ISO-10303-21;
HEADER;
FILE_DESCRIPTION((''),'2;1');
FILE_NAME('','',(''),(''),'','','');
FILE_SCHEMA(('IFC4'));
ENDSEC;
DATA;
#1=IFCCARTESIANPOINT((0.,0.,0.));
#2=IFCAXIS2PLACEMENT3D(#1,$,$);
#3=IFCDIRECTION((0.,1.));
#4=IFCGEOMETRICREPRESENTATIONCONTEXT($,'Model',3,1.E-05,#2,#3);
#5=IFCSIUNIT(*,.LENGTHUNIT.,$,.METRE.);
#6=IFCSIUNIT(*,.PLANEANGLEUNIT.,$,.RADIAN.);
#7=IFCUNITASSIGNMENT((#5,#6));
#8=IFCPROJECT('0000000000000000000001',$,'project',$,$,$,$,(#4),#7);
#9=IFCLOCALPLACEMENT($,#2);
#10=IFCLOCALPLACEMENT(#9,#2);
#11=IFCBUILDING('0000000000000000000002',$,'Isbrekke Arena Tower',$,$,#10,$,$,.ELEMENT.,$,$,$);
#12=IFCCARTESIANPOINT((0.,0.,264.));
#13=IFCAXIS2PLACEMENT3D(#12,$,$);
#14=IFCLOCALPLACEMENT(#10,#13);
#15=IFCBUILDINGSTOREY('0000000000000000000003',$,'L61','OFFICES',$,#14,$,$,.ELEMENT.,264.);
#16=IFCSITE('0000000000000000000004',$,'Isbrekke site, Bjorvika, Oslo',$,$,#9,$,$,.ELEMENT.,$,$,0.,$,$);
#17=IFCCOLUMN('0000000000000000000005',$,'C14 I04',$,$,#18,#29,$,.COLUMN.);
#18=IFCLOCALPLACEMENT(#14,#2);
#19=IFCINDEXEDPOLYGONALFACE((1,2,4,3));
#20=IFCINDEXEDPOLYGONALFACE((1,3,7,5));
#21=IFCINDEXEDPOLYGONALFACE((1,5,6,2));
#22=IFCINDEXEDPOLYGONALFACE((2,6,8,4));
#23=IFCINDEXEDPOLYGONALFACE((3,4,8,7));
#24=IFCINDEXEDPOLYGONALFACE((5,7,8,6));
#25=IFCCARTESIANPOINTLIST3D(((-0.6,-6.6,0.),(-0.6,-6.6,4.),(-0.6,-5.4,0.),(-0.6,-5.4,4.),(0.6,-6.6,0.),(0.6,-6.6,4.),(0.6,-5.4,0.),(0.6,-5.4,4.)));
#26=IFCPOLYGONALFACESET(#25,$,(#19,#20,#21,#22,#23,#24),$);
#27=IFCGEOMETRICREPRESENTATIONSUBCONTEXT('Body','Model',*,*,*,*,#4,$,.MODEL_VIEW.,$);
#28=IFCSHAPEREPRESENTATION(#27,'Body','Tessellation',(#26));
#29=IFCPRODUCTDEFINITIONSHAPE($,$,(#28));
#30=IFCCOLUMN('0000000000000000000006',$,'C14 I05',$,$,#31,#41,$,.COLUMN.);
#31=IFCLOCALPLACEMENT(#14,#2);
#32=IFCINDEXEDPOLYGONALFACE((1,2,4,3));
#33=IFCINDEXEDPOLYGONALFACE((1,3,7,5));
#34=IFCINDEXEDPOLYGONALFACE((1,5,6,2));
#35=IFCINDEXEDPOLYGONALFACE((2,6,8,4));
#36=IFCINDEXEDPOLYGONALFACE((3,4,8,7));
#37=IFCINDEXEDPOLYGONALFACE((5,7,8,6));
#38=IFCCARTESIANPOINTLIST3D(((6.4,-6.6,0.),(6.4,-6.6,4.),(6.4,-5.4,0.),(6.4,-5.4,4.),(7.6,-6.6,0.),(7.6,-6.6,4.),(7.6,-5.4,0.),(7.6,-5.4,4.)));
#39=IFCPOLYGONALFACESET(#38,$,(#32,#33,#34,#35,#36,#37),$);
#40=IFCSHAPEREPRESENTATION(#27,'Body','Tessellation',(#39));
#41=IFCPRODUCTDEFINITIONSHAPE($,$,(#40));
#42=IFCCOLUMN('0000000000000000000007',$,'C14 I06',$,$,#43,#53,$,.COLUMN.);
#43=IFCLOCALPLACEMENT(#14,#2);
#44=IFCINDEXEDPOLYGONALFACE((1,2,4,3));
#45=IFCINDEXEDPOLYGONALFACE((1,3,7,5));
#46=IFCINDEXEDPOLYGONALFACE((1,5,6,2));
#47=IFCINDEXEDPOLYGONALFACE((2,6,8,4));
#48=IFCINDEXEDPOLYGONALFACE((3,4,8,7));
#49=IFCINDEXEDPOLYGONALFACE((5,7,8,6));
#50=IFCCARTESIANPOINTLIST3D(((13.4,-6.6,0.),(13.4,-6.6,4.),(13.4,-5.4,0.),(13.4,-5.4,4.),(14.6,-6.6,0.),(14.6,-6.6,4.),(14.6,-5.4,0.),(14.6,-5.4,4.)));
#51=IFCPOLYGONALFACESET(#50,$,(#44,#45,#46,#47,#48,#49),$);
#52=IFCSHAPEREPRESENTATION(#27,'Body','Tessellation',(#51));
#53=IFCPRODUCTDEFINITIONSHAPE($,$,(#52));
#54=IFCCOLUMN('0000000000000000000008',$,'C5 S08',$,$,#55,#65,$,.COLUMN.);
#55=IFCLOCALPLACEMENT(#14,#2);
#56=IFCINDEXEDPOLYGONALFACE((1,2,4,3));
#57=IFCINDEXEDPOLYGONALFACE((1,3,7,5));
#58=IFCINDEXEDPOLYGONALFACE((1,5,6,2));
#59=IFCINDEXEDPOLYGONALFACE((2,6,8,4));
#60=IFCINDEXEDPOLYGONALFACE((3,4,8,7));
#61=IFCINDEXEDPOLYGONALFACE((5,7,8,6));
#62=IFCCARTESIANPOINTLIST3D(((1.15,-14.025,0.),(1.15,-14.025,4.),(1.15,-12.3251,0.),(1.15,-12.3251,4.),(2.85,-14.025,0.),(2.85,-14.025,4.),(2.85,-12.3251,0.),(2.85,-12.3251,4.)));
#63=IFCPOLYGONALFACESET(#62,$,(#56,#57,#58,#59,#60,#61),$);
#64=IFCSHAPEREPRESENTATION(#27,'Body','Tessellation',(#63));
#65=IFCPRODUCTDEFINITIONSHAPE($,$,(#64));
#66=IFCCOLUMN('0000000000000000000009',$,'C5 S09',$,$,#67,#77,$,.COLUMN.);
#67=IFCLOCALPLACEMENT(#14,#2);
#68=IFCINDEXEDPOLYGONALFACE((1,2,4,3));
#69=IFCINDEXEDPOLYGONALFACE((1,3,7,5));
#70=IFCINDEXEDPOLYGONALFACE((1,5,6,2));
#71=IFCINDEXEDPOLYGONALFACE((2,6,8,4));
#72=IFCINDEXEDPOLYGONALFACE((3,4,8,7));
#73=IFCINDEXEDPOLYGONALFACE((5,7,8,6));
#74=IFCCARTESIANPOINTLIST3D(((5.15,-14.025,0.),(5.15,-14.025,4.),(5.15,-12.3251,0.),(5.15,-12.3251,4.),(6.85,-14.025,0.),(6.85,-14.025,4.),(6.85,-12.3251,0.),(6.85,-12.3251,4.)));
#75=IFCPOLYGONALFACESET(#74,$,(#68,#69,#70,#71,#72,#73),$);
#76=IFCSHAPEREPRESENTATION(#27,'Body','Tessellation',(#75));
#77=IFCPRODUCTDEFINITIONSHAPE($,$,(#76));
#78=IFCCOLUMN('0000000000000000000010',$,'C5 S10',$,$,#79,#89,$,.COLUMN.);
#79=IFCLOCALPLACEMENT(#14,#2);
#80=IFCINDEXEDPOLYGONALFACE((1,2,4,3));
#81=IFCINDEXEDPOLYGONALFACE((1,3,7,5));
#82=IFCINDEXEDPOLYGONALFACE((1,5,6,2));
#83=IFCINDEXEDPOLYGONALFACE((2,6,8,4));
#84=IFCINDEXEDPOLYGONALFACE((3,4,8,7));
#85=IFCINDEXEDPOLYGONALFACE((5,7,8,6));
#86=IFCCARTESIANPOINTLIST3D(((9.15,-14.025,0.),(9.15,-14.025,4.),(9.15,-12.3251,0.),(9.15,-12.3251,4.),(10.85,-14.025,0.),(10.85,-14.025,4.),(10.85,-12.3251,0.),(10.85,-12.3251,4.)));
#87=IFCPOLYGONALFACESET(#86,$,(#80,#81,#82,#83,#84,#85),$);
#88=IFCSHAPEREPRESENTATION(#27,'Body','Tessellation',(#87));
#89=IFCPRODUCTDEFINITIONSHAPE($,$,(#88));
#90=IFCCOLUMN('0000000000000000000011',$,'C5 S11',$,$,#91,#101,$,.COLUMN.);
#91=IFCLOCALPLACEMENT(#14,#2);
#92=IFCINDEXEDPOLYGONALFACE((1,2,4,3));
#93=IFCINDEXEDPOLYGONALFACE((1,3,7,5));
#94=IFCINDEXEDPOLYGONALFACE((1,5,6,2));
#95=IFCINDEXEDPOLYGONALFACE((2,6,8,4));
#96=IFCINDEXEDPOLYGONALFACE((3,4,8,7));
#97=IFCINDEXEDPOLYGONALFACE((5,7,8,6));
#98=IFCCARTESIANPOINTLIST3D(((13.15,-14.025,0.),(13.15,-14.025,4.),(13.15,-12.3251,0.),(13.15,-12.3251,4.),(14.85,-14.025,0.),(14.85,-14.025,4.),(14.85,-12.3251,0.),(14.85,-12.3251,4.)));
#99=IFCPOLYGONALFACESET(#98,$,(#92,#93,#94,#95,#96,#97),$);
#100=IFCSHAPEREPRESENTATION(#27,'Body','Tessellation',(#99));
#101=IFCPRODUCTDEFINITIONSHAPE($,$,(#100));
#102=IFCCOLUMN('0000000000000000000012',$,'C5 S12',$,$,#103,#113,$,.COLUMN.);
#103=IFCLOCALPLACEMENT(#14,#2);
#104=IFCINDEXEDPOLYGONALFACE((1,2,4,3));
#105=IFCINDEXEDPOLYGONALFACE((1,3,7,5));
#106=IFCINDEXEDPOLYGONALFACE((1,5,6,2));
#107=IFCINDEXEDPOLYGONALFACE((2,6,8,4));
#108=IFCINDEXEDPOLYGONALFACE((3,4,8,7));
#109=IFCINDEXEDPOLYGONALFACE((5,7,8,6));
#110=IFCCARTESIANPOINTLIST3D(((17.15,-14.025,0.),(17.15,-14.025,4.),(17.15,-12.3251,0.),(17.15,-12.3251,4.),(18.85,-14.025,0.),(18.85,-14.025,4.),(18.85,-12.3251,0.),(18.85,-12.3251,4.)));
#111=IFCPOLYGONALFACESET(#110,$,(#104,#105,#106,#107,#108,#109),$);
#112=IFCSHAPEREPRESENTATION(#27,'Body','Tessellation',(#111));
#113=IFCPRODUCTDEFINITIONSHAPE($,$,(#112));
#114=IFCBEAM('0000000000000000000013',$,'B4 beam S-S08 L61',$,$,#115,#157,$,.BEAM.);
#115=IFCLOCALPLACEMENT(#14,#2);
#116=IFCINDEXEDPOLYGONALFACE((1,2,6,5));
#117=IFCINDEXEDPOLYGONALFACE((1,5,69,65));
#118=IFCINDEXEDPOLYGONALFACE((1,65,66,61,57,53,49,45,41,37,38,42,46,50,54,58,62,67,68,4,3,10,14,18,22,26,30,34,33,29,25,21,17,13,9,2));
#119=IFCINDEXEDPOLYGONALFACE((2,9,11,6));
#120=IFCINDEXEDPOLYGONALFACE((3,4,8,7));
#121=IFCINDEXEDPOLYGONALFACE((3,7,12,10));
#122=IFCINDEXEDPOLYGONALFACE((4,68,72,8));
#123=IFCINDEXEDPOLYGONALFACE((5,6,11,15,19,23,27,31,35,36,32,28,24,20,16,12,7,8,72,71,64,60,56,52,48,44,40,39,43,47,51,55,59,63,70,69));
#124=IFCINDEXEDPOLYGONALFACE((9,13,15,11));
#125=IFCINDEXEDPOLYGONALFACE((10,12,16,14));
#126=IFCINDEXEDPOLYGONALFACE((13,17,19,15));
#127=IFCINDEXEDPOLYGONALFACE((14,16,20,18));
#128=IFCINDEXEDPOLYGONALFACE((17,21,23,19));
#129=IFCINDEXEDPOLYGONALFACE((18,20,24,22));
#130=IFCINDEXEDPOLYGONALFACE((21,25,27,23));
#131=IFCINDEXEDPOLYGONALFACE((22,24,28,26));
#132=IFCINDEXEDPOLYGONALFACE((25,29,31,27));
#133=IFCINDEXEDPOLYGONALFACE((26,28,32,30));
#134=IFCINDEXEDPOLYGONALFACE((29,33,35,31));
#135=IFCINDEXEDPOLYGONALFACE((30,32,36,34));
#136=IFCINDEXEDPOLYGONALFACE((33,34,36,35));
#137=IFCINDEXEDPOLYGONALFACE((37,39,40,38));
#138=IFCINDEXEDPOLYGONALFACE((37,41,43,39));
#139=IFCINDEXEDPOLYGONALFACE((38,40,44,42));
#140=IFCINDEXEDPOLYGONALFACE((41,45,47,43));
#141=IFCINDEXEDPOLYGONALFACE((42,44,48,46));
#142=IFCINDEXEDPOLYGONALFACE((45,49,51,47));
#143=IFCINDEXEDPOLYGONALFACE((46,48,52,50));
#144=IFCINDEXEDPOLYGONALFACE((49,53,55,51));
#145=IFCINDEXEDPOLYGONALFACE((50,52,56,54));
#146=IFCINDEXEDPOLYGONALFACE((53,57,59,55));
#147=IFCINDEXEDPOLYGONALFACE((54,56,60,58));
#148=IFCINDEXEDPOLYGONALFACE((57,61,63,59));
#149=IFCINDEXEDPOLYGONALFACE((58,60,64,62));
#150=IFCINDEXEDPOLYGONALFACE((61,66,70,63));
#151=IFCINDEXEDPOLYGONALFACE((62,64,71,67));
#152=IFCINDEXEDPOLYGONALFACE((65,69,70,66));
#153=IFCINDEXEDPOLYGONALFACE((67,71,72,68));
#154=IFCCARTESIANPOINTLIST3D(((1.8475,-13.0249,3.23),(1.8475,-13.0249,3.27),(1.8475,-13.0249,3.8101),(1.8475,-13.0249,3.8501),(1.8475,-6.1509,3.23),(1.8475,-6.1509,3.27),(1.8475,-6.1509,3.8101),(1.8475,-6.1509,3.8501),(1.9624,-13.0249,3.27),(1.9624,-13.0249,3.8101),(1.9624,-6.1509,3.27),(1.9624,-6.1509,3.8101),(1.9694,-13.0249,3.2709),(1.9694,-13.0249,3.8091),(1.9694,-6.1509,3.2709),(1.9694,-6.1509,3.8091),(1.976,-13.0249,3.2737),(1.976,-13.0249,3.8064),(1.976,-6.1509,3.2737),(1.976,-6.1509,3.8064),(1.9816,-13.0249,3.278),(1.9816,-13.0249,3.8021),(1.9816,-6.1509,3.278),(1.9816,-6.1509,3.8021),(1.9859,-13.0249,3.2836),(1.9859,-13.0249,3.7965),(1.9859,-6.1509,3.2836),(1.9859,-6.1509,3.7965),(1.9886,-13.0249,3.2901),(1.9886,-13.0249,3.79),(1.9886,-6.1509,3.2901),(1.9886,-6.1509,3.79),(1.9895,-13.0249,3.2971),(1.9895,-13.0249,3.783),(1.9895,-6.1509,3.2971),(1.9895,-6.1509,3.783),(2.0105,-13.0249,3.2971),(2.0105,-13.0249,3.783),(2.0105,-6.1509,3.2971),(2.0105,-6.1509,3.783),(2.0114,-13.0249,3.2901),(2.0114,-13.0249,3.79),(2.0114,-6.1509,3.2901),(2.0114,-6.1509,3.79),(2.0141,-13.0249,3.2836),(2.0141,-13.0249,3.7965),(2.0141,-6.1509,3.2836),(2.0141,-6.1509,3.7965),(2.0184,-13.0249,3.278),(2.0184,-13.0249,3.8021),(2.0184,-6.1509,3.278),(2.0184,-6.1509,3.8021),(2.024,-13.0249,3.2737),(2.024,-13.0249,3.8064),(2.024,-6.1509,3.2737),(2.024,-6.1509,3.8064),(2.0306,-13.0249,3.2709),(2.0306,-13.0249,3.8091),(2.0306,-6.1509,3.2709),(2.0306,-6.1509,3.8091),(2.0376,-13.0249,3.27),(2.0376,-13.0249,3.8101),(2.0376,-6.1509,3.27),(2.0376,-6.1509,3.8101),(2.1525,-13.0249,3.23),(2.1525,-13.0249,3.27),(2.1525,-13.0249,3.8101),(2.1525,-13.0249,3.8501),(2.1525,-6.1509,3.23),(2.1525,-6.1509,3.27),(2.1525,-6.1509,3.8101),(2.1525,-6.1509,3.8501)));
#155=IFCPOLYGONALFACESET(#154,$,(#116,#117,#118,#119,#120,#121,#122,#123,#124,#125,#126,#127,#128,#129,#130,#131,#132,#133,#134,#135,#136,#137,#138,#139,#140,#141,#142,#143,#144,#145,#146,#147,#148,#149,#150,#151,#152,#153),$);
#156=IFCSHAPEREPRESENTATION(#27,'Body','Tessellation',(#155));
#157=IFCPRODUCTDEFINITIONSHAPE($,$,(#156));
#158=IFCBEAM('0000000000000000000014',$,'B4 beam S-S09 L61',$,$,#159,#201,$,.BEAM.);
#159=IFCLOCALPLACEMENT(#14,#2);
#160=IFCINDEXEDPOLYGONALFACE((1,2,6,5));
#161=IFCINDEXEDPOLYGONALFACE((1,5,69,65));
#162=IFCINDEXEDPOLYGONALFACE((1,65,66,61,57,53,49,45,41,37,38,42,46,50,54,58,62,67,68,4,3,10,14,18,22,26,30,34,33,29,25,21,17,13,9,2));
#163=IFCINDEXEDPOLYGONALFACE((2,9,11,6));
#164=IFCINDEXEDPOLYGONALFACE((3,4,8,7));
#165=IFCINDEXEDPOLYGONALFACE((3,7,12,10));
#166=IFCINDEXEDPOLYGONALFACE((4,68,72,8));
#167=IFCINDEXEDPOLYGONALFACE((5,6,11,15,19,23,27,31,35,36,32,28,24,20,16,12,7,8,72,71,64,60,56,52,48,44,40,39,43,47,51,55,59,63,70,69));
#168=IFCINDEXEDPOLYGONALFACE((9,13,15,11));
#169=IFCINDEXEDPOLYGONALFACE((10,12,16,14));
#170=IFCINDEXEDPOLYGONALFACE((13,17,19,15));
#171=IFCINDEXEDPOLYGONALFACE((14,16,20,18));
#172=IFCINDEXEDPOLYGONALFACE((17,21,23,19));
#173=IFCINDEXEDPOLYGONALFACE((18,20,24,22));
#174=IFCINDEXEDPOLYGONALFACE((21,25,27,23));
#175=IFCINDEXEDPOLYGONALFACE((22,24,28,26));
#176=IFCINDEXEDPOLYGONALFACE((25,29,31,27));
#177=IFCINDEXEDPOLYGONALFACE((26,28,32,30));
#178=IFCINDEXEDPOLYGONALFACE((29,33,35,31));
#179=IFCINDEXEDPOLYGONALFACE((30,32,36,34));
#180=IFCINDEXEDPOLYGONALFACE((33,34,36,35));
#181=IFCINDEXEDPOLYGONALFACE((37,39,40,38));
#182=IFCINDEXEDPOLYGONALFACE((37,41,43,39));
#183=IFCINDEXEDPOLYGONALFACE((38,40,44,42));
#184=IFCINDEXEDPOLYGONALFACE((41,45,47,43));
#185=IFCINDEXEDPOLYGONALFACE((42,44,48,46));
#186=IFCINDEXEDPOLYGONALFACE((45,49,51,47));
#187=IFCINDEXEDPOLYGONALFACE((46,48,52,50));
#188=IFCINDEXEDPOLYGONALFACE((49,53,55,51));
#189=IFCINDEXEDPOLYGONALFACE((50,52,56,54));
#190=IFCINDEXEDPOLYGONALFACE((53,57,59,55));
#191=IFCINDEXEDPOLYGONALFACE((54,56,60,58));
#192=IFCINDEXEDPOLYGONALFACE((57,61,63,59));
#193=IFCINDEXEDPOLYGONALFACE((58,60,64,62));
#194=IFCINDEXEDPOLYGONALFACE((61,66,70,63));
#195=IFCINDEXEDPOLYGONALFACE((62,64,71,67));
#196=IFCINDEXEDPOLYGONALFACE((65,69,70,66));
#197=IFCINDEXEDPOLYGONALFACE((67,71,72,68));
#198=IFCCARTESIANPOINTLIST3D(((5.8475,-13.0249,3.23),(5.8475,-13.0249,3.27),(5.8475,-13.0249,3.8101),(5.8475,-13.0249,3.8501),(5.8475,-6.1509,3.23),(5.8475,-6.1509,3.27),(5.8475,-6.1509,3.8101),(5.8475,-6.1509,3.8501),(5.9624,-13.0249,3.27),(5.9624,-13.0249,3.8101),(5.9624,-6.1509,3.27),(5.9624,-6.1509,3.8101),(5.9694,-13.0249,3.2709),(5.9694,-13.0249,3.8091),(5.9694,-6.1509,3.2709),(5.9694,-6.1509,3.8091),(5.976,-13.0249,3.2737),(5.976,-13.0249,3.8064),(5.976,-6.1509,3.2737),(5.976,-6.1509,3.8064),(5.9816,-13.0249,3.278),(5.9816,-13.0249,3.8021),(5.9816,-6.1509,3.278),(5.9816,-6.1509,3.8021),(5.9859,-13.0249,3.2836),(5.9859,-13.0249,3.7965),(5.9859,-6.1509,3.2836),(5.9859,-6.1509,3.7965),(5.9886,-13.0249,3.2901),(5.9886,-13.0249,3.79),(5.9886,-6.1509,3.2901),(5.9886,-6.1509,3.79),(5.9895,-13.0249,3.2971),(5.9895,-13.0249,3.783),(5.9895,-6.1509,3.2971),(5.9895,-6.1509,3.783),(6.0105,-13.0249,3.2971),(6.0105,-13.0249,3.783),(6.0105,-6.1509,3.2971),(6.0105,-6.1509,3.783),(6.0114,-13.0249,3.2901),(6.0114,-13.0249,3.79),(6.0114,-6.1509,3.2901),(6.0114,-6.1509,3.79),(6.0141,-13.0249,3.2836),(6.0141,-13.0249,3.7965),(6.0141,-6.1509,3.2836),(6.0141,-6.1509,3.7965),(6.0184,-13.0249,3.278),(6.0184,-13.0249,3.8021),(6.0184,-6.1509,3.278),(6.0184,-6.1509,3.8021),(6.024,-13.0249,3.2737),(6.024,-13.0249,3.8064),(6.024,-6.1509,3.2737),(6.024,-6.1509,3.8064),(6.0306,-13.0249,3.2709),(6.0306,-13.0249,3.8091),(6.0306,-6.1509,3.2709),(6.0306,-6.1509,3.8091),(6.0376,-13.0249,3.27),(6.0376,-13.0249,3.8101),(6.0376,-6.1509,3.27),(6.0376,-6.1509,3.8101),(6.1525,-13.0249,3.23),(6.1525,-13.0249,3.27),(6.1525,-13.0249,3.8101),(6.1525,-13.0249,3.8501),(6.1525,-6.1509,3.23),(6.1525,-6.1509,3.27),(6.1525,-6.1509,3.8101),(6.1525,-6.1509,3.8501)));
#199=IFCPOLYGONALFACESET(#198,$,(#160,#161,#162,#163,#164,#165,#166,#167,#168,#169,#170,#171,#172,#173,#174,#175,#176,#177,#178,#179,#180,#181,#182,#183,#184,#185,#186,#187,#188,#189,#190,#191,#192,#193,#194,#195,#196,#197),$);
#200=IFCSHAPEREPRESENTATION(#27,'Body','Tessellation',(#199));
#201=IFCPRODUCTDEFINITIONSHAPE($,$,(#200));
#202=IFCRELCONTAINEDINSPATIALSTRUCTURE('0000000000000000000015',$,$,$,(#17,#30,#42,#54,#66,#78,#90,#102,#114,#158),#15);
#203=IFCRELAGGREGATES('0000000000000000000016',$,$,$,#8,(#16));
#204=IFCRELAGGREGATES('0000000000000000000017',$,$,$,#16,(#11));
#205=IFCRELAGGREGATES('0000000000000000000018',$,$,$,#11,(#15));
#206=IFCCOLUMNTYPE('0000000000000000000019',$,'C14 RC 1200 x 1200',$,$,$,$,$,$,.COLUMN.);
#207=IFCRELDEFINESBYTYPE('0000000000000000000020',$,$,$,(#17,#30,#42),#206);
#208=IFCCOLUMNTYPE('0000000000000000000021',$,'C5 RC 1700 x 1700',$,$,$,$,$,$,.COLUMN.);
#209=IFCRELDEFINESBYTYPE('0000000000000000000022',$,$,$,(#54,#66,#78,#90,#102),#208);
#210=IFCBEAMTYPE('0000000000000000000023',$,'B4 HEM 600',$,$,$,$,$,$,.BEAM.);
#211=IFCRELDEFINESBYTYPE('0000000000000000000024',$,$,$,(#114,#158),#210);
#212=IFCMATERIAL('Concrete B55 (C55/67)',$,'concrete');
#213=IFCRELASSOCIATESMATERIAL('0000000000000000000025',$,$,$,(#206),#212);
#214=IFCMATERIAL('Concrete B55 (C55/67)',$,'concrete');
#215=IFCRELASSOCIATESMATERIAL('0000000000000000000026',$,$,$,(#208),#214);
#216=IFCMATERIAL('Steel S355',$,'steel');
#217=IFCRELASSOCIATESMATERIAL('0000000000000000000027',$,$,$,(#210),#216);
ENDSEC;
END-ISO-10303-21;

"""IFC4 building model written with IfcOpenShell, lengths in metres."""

from ifc_helpers import new_model, si_unit, direction, frame, origin, origin_2d, place, context, subcontext, project, spatial, rectangle, i_section, extrude, material, material_profile, profile_set, type_object, element, save


model = new_model("IFC4")

# Units and contexts
model_context = context("Model", 3, precision=1e-05, world=origin(), true_north=direction((0.0, 1.0)))
body_context = subcontext(model_context, "Body", "Model", "MODEL_VIEW")
ifc_project = project(units=[si_unit("LENGTHUNIT", "METRE"), si_unit("PLANEANGLEUNIT", "RADIAN")], contexts=[model_context])

# Site, building, storey
site_placement = place(None, origin())
site = spatial("IfcSite", under=ifc_project, at=site_placement, Name="Isbrekke site, Bjorvika, Oslo", CompositionType="ELEMENT", RefElevation=0.0)
building_placement = place(site_placement, origin())
building = spatial("IfcBuilding", under=site, at=building_placement, Name="Isbrekke Arena Tower", CompositionType="ELEMENT")
storey_placement = place(building_placement, frame((0.0, 0.0, 264.0)))
storey = spatial("IfcBuildingStorey", under=building, at=storey_placement, Name="L61", Description="OFFICES", CompositionType="ELEMENT", Elevation=264.0)

# Columns
ifc_material_1 = material(Name="Concrete B55 (C55/67)", Category="concrete")
ifc_material_profile_1 = material_profile(ifc_material_1, rectangle(XDim=1.2, YDim=1.2, at=origin_2d()), Name="RC 1200x1200")
ifc_profile_set_1 = profile_set([ifc_material_profile_1], Name="Concrete B55 (C55/67)")
column_type_1 = type_object("IfcColumnType", Name="C14 RC 1200 x 1200", PredefinedType="COLUMN", material=ifc_profile_set_1)
for number, where, z_axis, x_axis, name in (
    (1, (0.0, -6.0, 0.0), (0.0, 0.0, 1.0), (1.0, 0.0, 0.0), "C14 I04"),
    (2, (7.0, -6.0, 0.0), (0.0, 0.0, 1.0), (1.0, 0.0, 0.0), "C14 I05"),
    (3, (14.0, -6.0, 0.0), (0.0, 0.0, 1.0), (1.0, 0.0, 0.0), "C14 I06"),
):
    element("IfcColumn", number, at=place(storey_placement, frame(where, z_axis=z_axis, x_axis=x_axis)), inside=storey, type_object=column_type_1, Name=name, PredefinedType="COLUMN", context=body_context, shape_type="SweptSolid", body=[
        extrude(rectangle(XDim=1.2, YDim=1.2, at=origin_2d()), origin(), (0.0, 0.0, 1.0), 4.0),
    ])
ifc_material_2 = material(Name="Concrete B55 (C55/67)", Category="concrete")
ifc_material_profile_2 = material_profile(ifc_material_2, rectangle(XDim=1.7, YDim=1.7, at=origin_2d()), Name="RC 1700x1700")
ifc_profile_set_2 = profile_set([ifc_material_profile_2], Name="Concrete B55 (C55/67)")
column_type_2 = type_object("IfcColumnType", Name="C5 RC 1700 x 1700", PredefinedType="COLUMN", material=ifc_profile_set_2)
for number, where, z_axis, x_axis, name in (
    (4, (2.0, -13.175, 0.0), (0.0, 0.0, 1.0), (1.0, 0.0, 0.0), "C5 S08"),
    (5, (6.0, -13.175, 0.0), (0.0, 0.0, 1.0), (1.0, 0.0, 0.0), "C5 S09"),
    (6, (10.0, -13.175, 0.0), (0.0, 0.0, 1.0), (1.0, 0.0, 0.0), "C5 S10"),
    (7, (14.0, -13.175, 0.0), (0.0, 0.0, 1.0), (1.0, 0.0, 0.0), "C5 S11"),
    (8, (18.0, -13.175, 0.0), (0.0, 0.0, 1.0), (1.0, 0.0, 0.0), "C5 S12"),
):
    element("IfcColumn", number, at=place(storey_placement, frame(where, z_axis=z_axis, x_axis=x_axis)), inside=storey, type_object=column_type_2, Name=name, PredefinedType="COLUMN", context=body_context, shape_type="SweptSolid", body=[
        extrude(rectangle(XDim=1.7, YDim=1.7, at=origin_2d()), origin(), (0.0, 0.0, 1.0), 4.0),
    ])

# Beams
ifc_material_3 = material(Name="Steel S355", Category="steel")
ifc_material_profile_3 = material_profile(ifc_material_3, i_section(OverallWidth=0.3049, OverallDepth=0.6201, WebThickness=0.021, FlangeThickness=0.04, FilletRadius=0.0271, at=origin_2d()), Name="HEM 600")
ifc_profile_set_3 = profile_set([ifc_material_profile_3], Name="Steel S355")
beam_type_1 = type_object("IfcBeamType", Name="B4 HEM 600", PredefinedType="BEAM", material=ifc_profile_set_3)
for number, where, z_axis, x_axis, name in (
    (9, (2.0, -13.0249, 3.54), (0.0, 1.0, 0.0), (-1.0, 0.0, 0.0), "B4 beam S-S08 L61"),
    (10, (6.0, -13.0249, 3.54), (0.0, 1.0, 0.0), (-1.0, 0.0, 0.0), "B4 beam S-S09 L61"),
):
    element("IfcBeam", number, at=place(storey_placement, frame(where, z_axis=z_axis, x_axis=x_axis)), inside=storey, type_object=beam_type_1, Name=name, PredefinedType="BEAM", context=body_context, shape_type="SweptSolid", body=[
        extrude(i_section(OverallWidth=0.3049, OverallDepth=0.6201, WebThickness=0.021, FlangeThickness=0.04, FilletRadius=0.0271, at=origin_2d()), origin(), (0.0, 0.0, 1.0), 6.874),
    ])

save(model, "model.ifc")
